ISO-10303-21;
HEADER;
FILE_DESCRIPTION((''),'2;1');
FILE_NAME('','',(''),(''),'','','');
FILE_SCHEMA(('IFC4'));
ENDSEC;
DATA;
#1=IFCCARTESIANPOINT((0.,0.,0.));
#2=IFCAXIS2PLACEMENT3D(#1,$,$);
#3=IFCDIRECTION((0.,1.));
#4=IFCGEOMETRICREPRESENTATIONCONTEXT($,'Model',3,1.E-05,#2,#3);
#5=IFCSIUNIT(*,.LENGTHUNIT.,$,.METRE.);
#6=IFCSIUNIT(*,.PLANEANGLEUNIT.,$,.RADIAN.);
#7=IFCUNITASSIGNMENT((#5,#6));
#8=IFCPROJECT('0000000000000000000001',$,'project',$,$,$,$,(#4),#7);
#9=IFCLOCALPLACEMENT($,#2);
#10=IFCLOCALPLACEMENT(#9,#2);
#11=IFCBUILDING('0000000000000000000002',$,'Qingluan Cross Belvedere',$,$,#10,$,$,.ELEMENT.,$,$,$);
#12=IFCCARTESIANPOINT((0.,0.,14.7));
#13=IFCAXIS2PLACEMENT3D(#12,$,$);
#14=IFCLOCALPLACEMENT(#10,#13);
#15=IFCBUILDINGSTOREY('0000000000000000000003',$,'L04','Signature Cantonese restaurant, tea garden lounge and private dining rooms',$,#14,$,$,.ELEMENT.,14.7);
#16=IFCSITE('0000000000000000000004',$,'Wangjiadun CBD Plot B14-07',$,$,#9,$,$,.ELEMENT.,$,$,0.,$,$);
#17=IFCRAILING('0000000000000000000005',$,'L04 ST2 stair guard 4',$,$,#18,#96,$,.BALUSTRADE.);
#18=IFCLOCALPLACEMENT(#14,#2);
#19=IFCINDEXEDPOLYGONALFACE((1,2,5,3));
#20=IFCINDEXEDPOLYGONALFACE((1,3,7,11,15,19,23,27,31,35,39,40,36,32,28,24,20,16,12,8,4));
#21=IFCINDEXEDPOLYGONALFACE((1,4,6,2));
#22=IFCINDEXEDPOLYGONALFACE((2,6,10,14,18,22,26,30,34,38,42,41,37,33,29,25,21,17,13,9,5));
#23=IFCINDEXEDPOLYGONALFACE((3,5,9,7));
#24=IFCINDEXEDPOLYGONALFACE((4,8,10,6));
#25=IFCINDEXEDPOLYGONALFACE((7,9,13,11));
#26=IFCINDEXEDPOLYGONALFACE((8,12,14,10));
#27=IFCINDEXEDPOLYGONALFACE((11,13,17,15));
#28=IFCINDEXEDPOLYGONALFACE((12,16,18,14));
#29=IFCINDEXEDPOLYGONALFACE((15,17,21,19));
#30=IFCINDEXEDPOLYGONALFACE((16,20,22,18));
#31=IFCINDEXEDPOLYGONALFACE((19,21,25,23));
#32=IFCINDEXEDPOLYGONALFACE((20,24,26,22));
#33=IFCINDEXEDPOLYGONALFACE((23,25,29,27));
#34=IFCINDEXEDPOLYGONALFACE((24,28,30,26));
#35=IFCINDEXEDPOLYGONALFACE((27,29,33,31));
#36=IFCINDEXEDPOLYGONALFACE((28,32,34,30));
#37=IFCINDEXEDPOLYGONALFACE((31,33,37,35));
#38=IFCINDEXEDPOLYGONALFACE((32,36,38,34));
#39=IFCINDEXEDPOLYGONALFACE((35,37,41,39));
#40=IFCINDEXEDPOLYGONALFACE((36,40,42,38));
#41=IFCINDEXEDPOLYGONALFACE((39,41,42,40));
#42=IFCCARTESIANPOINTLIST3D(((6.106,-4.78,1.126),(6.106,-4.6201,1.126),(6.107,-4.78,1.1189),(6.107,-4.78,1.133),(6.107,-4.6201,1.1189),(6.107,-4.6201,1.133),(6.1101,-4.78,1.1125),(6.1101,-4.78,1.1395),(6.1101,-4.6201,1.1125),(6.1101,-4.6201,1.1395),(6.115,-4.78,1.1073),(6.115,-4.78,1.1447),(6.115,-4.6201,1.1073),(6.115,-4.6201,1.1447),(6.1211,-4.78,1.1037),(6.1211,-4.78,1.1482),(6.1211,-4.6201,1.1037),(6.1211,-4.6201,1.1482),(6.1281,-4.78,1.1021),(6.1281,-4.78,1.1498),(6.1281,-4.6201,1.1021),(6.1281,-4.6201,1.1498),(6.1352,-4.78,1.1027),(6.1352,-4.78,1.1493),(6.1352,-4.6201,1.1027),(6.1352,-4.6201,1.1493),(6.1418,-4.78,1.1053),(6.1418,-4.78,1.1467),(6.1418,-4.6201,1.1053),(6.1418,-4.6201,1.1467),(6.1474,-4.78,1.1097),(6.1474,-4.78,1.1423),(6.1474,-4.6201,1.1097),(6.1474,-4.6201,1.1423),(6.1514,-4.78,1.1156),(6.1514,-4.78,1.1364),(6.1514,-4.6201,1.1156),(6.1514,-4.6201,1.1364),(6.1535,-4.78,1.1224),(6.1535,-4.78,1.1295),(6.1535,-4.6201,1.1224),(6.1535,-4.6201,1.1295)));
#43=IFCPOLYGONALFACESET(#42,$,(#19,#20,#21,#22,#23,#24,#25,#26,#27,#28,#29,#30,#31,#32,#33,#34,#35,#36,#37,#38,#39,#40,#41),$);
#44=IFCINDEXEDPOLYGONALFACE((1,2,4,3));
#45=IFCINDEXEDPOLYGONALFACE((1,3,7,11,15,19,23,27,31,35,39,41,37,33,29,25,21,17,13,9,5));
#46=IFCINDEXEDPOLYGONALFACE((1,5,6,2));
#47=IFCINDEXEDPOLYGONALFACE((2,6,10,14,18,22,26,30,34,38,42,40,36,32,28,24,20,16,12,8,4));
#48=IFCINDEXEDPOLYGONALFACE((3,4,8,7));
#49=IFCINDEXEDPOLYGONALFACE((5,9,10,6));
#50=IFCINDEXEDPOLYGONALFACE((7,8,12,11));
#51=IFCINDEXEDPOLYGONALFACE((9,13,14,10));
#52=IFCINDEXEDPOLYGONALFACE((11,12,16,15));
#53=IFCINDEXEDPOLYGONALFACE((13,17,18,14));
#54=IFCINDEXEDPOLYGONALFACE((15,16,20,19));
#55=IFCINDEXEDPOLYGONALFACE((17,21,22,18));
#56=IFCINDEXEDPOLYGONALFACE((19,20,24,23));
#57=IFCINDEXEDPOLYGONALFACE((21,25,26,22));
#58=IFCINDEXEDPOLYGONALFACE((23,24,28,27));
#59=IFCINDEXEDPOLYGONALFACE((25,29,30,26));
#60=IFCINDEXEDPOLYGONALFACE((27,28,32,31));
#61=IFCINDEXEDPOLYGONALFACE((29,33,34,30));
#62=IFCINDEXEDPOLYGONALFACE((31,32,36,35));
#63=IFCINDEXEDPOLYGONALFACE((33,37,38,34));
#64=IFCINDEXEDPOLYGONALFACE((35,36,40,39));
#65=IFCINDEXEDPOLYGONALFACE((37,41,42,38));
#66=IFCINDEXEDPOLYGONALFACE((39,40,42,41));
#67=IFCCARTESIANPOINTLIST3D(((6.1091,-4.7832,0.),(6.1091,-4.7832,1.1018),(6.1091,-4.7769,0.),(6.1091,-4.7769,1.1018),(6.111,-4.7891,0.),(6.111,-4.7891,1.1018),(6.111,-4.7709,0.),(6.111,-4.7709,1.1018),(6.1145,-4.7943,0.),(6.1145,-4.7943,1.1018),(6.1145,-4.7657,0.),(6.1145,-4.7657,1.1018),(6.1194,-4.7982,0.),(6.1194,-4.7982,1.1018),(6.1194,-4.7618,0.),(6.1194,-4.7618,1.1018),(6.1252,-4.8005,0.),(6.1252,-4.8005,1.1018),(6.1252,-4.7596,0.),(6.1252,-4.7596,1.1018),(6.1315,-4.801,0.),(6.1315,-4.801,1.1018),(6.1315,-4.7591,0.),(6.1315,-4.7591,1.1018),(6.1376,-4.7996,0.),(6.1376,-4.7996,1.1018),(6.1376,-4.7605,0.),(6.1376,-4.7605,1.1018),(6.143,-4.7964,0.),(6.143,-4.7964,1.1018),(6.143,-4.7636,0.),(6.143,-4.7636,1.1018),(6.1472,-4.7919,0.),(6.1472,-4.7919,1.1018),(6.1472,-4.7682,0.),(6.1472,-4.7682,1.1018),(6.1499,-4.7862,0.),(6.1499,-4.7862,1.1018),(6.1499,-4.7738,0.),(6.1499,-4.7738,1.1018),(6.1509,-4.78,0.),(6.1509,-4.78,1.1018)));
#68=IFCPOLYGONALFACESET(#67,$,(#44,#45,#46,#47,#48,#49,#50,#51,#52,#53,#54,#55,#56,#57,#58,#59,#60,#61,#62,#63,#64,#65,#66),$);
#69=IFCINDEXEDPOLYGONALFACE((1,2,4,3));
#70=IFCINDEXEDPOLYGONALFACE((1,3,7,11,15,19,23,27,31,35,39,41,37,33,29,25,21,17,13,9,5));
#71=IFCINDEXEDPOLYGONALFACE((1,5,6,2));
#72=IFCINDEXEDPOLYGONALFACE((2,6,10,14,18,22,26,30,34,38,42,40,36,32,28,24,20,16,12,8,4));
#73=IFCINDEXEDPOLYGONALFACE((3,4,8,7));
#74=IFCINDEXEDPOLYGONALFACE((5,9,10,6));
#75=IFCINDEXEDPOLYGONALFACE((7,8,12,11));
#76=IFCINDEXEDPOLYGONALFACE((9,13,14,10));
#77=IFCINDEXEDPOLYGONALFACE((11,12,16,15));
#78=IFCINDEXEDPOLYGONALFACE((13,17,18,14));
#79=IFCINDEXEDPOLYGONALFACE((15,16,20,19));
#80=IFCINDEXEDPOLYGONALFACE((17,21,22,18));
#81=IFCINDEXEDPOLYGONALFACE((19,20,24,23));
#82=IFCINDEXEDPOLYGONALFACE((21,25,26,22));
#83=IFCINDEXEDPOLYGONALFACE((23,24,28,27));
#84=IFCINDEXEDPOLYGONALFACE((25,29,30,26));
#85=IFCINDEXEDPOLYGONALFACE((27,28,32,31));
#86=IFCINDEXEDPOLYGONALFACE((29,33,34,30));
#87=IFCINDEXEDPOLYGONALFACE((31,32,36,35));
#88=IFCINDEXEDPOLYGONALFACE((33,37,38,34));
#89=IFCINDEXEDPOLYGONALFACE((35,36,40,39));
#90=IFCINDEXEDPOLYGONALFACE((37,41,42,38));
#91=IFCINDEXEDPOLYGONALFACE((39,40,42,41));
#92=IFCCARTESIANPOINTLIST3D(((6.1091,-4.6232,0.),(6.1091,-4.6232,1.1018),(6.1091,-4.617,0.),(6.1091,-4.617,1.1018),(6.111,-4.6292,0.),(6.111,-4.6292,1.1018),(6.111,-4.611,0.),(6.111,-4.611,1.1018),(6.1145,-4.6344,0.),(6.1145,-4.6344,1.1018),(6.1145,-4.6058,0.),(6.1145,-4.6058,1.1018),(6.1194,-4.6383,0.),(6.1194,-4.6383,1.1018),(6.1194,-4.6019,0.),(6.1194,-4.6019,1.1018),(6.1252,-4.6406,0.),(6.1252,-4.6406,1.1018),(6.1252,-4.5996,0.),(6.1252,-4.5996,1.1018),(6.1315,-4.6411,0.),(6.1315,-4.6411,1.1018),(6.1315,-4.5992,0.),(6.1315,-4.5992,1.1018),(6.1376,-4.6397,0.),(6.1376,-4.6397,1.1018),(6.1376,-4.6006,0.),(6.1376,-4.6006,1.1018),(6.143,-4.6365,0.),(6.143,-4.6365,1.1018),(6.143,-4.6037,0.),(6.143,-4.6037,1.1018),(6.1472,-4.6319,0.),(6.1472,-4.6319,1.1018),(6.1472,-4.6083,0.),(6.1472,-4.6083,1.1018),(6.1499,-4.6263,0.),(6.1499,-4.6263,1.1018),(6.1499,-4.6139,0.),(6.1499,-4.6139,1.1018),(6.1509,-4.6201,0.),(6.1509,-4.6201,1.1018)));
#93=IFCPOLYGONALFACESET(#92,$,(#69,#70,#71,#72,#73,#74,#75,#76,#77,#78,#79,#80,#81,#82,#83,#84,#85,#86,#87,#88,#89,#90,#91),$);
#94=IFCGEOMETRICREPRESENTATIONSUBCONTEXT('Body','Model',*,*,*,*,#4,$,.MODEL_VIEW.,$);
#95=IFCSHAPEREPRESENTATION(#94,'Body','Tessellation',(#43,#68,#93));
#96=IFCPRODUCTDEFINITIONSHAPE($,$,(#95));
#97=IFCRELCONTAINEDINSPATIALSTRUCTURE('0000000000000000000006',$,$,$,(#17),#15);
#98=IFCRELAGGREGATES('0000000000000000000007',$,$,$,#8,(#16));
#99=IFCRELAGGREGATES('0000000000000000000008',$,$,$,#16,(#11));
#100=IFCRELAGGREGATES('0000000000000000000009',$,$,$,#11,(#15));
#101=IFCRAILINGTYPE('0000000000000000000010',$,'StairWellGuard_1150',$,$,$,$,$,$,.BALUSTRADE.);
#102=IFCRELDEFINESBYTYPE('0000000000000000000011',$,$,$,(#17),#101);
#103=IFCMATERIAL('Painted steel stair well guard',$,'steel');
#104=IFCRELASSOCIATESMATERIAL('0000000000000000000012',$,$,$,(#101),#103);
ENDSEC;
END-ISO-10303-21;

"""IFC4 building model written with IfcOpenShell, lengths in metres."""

from ifc_helpers import new_model, si_unit, direction, frame, origin, origin_2d, place, context, subcontext, project, spatial, circle, extrude, material, type_object, element, save


model = new_model("IFC4")

# Units and contexts
model_context = context("Model", 3, precision=1e-05, world=origin(), true_north=direction((0.0, 1.0)))
body_context = subcontext(model_context, "Body", "Model", "MODEL_VIEW")
ifc_project = project(units=[si_unit("LENGTHUNIT", "METRE"), si_unit("PLANEANGLEUNIT", "RADIAN")], contexts=[model_context])

# Site, building, storey
site_placement = place(None, origin())
site = spatial("IfcSite", under=ifc_project, at=site_placement, Name="Wangjiadun CBD Plot B14-07", CompositionType="ELEMENT", RefElevation=0.0)
building_placement = place(site_placement, origin())
building = spatial("IfcBuilding", under=site, at=building_placement, Name="Qingluan Cross Belvedere", CompositionType="ELEMENT")
storey_placement = place(building_placement, frame((0.0, 0.0, 14.7)))
storey = spatial("IfcBuildingStorey", under=building, at=storey_placement, Name="L04", Description="Signature Cantonese restaurant, tea garden lounge and private dining rooms", CompositionType="ELEMENT", Elevation=14.7)

# Railing
ifc_material_1 = material(Name="Painted steel stair well guard", Category="steel")
railing_type_1 = type_object("IfcRailingType", Name="StairWellGuard_1150", PredefinedType="BALUSTRADE", material=ifc_material_1)
railing_1_placement = place(storey_placement, frame((6.1299, -4.78, 0.0)))
element("IfcRailing", 1, at=railing_1_placement, inside=storey, type_object=railing_type_1, Name="L04 ST2 stair guard 4", PredefinedType="BALUSTRADE", context=body_context, shape_type="SweptSolid", body=[
    extrude(circle(Radius=0.0239, at=origin_2d()), frame((0.0, 0.0, 1.126), z_axis=(0.0, 1.0, 0.0), x_axis=(-1.0, 0.0, 0.0)), (0.0, 0.0, 1.0), 0.1599),
    extrude(circle(Radius=0.021, at=origin_2d()), origin(), (0.0, 0.0, 1.0), 1.1018),
    extrude(circle(Radius=0.021, at=origin_2d()), frame((0.0, 0.1599, 0.0)), (0.0, 0.0, 1.0), 1.1018),
])

save(model, "model.ifc")
